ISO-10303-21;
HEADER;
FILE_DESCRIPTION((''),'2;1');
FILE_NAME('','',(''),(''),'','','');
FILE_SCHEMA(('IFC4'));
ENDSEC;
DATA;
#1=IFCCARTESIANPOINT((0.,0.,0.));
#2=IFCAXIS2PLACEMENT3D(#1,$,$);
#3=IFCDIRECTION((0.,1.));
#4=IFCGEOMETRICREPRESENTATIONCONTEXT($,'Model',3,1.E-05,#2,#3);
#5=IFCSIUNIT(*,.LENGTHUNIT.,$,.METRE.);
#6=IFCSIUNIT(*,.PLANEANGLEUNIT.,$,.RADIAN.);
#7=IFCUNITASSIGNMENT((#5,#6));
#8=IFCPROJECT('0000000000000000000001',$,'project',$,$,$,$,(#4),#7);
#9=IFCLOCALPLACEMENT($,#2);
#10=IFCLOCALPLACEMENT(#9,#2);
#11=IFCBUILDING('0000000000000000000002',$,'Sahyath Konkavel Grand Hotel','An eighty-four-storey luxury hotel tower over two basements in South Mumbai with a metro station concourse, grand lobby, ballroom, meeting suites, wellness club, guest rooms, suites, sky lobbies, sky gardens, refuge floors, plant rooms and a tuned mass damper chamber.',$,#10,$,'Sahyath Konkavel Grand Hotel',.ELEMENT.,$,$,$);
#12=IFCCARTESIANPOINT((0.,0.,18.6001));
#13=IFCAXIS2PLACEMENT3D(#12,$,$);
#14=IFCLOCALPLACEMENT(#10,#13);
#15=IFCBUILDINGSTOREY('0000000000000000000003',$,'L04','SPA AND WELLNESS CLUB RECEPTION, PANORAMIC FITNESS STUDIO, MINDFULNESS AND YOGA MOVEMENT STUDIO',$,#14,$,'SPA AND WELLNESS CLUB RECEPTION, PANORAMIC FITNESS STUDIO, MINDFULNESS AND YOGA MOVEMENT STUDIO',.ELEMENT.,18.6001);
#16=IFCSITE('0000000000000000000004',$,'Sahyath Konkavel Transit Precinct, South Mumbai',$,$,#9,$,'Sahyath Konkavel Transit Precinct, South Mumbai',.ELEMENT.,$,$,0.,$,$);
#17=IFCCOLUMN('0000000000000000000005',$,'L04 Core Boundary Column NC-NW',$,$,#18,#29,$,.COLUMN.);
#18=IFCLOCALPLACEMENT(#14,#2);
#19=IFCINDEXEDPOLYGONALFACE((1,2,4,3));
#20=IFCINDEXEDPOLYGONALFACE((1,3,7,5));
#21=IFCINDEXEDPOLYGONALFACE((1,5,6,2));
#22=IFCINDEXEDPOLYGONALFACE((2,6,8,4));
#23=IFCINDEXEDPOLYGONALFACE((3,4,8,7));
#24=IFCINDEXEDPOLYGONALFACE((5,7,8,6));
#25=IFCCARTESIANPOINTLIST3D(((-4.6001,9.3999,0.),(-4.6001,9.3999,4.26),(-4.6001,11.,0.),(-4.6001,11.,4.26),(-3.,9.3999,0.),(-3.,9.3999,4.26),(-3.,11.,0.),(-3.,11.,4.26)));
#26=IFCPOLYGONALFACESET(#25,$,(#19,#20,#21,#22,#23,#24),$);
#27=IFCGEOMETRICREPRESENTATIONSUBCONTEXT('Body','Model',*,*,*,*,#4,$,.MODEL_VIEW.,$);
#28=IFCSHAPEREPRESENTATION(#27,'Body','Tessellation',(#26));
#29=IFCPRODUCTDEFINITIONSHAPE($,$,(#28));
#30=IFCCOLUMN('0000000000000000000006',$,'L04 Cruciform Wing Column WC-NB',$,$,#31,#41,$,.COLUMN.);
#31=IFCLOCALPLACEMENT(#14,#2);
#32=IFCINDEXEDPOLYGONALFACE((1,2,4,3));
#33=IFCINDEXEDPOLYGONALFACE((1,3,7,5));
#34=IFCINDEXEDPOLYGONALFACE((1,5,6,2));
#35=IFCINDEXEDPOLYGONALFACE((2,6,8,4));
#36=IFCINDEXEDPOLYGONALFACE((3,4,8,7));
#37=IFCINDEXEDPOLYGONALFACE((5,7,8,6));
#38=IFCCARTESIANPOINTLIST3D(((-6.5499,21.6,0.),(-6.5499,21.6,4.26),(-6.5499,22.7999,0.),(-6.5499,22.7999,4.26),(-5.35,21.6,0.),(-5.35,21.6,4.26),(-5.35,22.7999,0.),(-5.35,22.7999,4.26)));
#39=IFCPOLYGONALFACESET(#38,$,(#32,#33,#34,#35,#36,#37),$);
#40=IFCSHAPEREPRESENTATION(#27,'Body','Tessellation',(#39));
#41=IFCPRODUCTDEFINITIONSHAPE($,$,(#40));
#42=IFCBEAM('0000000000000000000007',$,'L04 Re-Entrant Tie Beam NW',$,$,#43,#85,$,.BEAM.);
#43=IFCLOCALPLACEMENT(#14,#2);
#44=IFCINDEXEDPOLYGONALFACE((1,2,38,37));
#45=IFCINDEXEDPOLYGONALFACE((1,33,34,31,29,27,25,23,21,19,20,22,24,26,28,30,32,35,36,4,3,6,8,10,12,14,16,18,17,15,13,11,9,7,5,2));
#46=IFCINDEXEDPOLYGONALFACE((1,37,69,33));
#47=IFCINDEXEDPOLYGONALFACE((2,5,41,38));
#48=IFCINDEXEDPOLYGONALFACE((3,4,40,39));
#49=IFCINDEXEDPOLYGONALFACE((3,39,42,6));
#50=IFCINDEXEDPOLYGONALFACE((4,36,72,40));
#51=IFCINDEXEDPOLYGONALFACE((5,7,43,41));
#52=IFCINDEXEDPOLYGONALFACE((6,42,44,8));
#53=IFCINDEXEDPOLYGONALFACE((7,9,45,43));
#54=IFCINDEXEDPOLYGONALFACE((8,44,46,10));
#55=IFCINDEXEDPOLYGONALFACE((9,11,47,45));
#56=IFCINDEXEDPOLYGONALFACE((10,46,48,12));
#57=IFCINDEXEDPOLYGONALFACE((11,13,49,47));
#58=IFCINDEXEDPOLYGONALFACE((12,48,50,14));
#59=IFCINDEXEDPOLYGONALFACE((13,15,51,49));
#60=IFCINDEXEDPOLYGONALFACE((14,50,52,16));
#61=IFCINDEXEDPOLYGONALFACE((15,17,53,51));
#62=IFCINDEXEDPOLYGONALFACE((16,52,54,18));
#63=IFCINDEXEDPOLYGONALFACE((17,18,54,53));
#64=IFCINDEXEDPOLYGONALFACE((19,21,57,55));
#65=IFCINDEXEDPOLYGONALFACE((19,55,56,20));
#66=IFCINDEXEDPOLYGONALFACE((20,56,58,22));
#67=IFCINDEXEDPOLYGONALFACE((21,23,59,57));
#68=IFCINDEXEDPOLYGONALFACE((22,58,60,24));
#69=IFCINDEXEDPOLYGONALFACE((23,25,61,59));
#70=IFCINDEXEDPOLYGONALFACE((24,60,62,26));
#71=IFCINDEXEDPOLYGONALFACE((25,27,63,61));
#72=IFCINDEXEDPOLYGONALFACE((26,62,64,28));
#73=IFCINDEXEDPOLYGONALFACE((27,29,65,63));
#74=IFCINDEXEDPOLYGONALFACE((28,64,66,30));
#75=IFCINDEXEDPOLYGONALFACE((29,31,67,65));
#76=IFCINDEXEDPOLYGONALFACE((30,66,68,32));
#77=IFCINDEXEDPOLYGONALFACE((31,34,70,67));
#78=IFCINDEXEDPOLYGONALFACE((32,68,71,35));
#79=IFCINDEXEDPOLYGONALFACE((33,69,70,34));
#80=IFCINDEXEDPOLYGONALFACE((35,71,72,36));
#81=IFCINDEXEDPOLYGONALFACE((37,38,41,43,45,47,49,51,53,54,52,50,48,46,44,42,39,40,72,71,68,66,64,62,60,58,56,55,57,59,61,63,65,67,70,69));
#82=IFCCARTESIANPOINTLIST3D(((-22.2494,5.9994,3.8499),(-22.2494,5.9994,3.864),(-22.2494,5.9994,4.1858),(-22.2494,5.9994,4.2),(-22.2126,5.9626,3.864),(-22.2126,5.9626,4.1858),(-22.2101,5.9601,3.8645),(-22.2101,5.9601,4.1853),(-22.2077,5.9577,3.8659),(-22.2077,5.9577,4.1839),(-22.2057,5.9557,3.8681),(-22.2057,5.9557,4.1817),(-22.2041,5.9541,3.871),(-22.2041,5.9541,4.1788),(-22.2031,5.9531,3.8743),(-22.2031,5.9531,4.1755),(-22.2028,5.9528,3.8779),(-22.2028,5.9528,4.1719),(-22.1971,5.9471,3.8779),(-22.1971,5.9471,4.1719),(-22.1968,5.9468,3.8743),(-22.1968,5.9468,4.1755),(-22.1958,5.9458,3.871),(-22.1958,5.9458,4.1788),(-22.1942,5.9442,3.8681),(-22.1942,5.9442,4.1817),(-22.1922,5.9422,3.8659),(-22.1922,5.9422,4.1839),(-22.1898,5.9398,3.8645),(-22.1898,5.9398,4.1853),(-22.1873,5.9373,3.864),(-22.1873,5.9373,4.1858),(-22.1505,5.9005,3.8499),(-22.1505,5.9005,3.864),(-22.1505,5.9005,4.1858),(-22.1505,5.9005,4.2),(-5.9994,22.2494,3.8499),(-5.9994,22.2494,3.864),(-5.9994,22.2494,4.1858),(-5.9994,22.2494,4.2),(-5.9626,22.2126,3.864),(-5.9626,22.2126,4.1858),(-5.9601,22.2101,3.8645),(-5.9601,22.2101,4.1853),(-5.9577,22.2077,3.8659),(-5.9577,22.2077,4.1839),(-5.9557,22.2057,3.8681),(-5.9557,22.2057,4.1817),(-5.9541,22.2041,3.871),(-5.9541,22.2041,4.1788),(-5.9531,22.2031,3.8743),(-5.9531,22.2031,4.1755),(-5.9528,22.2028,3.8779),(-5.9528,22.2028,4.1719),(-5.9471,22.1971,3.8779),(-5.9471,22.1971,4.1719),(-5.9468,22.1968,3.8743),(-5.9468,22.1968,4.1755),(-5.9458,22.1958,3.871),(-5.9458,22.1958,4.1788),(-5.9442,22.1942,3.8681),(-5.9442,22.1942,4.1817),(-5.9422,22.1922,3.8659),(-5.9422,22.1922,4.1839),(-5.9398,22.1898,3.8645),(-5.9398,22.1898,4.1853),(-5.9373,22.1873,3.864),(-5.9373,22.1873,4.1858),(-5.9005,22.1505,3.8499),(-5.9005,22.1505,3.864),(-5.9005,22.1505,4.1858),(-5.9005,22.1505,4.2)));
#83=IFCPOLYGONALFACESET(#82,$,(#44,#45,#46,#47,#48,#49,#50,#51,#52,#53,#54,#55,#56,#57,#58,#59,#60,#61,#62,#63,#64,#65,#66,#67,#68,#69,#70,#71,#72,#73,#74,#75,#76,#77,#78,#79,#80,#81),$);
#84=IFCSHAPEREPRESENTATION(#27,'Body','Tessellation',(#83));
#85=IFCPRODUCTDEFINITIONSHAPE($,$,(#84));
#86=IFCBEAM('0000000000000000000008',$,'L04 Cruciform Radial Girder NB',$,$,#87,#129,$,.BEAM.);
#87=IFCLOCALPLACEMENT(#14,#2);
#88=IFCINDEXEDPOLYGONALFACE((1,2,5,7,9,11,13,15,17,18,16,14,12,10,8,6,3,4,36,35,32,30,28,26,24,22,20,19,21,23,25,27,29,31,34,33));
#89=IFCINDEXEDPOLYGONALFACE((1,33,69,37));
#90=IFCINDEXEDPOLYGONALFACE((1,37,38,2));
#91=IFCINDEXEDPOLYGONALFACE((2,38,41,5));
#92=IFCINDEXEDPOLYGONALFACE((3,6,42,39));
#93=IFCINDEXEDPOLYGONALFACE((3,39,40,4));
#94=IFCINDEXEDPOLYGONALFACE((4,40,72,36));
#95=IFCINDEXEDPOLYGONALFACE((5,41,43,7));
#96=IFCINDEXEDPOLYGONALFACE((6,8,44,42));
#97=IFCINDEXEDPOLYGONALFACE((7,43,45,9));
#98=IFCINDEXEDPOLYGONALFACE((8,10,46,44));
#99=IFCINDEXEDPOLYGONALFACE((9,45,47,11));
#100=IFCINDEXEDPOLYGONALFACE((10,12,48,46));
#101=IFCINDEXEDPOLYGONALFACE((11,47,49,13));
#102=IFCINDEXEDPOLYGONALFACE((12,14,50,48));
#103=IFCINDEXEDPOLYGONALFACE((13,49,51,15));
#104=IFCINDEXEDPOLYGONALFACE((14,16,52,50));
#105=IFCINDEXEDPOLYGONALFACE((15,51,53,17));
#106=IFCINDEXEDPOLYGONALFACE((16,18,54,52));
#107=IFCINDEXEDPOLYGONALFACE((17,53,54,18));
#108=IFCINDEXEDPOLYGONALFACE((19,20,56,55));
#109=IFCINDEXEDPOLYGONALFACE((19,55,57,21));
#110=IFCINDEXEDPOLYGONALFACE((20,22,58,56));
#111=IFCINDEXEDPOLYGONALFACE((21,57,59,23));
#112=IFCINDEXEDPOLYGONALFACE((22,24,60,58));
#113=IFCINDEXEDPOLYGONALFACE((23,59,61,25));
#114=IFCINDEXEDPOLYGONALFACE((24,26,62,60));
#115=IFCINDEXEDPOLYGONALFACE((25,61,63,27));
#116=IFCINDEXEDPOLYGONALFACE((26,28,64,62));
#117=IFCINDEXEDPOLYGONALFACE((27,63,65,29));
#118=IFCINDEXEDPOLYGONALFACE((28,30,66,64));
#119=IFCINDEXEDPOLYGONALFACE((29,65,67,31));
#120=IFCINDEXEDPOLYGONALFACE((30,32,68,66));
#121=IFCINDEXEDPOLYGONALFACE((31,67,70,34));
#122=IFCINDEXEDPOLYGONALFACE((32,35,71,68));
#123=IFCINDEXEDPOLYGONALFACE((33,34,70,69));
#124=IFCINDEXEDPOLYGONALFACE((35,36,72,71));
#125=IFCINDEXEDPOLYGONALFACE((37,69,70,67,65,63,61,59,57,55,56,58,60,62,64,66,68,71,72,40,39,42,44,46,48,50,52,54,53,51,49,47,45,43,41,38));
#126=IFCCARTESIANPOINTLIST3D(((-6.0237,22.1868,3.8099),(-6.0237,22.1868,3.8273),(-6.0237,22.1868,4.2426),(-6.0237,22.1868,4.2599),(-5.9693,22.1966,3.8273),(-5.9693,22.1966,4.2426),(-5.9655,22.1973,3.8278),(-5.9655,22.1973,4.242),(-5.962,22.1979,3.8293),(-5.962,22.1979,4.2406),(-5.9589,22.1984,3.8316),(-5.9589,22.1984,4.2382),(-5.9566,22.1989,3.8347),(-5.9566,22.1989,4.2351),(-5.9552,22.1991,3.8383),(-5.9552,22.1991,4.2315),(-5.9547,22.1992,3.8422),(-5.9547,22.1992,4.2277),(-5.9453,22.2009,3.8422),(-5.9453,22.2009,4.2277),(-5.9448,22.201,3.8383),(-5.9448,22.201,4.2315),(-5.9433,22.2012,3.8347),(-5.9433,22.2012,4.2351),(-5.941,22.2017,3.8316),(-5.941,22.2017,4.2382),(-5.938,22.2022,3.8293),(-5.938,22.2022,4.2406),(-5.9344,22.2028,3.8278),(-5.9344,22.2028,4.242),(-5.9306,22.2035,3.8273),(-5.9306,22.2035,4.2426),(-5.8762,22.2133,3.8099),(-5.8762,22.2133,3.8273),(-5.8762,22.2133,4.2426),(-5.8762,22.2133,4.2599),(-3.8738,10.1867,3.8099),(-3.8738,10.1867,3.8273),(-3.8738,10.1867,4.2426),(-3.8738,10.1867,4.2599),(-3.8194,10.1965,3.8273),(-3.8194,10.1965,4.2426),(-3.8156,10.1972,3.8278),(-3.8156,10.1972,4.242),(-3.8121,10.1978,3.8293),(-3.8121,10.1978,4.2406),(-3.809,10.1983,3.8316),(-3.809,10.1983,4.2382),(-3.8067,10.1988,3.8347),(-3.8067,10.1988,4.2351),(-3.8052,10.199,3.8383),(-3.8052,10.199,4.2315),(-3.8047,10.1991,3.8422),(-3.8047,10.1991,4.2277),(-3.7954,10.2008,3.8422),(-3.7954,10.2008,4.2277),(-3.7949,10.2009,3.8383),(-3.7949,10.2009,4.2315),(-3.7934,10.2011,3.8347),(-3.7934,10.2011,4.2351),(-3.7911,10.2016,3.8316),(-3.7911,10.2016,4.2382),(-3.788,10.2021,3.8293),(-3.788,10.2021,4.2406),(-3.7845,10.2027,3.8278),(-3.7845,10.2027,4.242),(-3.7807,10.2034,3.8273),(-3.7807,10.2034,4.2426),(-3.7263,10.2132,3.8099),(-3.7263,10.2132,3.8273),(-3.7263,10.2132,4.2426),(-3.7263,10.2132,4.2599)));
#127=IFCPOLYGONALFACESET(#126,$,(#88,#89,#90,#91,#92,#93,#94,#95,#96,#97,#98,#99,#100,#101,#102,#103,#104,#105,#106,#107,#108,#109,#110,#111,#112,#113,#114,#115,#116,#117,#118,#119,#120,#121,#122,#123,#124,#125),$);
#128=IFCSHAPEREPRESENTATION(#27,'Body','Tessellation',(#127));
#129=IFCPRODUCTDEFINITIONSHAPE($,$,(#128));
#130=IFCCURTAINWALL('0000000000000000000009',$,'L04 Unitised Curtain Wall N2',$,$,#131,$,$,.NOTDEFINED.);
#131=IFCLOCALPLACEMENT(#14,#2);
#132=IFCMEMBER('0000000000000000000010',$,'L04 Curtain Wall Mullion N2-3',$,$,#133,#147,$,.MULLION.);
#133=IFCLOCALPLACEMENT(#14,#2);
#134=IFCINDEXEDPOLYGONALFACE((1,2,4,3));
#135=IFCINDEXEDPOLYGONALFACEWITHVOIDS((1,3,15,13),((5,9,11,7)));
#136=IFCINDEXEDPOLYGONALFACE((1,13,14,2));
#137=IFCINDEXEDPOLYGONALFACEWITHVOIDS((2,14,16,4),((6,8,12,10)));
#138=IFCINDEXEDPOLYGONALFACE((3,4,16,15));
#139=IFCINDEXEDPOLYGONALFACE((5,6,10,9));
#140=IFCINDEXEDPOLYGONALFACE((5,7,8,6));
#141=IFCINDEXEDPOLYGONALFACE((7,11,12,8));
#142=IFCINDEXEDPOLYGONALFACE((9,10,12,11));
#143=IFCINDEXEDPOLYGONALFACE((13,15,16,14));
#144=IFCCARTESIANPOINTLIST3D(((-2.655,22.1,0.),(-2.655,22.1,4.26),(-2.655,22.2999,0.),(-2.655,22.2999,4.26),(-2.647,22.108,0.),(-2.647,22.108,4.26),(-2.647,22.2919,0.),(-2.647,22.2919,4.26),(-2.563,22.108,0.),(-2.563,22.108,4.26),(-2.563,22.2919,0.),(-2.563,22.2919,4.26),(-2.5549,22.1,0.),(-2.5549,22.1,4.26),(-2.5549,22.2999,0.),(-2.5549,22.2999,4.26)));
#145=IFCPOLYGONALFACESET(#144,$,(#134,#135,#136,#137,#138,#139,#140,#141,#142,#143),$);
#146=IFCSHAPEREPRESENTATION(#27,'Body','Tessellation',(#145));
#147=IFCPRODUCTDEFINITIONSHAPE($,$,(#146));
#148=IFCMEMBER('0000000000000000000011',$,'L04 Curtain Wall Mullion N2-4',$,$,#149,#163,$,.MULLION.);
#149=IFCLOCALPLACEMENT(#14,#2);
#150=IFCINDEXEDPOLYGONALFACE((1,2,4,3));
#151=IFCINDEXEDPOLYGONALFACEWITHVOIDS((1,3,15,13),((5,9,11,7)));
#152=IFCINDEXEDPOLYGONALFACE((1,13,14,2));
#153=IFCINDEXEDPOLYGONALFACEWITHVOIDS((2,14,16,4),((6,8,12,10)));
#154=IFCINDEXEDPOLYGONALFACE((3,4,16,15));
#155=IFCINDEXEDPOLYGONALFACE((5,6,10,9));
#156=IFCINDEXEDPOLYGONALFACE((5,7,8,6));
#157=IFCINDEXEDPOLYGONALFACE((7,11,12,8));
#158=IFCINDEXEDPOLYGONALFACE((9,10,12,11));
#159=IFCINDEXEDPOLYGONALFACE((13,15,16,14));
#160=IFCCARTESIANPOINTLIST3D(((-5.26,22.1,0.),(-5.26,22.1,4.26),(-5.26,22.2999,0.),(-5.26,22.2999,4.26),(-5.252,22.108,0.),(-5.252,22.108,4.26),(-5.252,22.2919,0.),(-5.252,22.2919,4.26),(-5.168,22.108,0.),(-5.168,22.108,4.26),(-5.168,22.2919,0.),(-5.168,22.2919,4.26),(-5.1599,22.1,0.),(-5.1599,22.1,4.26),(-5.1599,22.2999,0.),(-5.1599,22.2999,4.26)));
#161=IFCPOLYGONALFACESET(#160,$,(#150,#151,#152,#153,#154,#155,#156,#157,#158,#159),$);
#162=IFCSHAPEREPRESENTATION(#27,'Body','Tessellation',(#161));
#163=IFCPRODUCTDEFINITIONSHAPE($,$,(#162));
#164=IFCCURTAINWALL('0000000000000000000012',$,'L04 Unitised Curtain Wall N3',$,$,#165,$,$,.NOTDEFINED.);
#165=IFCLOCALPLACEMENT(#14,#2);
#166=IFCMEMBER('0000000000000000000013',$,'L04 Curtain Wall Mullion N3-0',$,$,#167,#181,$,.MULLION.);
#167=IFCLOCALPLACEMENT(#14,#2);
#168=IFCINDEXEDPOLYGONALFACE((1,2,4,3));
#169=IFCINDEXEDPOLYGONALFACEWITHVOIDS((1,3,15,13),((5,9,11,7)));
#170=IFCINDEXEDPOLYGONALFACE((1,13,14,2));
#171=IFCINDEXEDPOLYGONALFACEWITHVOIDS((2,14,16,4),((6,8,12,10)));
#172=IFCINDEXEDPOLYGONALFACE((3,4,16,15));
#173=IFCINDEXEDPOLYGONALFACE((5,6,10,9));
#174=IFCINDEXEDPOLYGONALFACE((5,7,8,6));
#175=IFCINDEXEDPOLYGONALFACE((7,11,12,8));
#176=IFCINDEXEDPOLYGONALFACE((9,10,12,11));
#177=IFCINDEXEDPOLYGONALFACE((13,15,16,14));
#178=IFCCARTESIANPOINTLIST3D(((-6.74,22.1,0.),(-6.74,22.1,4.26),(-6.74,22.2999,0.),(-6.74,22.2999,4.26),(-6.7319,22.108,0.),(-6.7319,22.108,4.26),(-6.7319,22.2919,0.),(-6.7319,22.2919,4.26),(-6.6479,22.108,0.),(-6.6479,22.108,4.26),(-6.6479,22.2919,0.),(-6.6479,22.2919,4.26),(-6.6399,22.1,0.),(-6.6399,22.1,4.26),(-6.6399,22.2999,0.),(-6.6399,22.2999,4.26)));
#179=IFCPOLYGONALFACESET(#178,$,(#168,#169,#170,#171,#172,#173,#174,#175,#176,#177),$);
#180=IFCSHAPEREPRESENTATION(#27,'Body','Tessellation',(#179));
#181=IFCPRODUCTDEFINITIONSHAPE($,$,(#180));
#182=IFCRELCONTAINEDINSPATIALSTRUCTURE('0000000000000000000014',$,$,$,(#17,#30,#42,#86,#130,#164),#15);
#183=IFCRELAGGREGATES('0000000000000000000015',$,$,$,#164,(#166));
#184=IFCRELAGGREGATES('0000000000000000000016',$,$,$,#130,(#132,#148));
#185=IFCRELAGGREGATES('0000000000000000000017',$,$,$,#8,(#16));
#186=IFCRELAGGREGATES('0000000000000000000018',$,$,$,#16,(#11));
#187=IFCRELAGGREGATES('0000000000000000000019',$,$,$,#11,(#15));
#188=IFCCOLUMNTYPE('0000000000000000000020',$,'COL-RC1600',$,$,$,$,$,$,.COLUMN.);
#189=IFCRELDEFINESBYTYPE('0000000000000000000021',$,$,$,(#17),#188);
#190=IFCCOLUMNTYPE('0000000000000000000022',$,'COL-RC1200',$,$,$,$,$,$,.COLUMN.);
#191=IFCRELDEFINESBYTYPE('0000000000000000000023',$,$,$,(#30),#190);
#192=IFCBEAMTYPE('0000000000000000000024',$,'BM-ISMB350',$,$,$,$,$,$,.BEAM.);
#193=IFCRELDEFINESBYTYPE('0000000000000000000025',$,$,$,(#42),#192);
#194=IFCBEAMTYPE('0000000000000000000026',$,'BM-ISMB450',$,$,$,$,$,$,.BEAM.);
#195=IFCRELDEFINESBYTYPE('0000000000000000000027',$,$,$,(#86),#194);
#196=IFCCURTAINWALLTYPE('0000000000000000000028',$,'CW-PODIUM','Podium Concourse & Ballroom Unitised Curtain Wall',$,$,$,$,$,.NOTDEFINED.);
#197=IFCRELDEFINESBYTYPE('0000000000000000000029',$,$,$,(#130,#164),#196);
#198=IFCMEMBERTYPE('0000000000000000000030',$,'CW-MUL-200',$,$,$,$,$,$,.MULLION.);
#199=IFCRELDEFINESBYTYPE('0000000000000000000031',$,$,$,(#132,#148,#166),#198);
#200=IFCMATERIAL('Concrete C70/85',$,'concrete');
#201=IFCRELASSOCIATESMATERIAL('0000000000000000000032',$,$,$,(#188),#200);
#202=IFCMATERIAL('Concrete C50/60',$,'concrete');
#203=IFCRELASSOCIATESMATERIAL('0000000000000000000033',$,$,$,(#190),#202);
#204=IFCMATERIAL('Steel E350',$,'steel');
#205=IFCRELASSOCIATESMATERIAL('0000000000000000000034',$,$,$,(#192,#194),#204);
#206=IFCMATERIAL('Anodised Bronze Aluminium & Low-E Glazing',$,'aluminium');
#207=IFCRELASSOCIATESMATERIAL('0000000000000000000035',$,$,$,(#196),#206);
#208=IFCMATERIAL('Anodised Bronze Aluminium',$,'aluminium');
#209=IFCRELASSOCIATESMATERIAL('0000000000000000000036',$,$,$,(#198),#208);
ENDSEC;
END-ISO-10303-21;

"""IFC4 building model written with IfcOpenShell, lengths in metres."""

from ifc_helpers import new_model, si_unit, direction, frame, origin, origin_2d, place, context, subcontext, project, spatial, rectangle, hollow_rectangle, i_section, extrude, source, transform, mapped, material, material_profile, profile_set, type_object, element, aggregate, save


model = new_model("IFC4")

# Units and contexts
model_context = context("Model", 3, precision=1e-05, world=origin(), true_north=direction((0.0, 1.0)))
body_context = subcontext(model_context, "Body", "Model", "MODEL_VIEW")
ifc_project = project(units=[si_unit("LENGTHUNIT", "METRE"), si_unit("PLANEANGLEUNIT", "RADIAN")], contexts=[model_context])

# Site, building, storey
site_placement = place(None, origin())
site = spatial("IfcSite", under=ifc_project, at=site_placement, Name="Sahyath Konkavel Transit Precinct, South Mumbai", LongName="Sahyath Konkavel Transit Precinct, South Mumbai", CompositionType="ELEMENT", RefElevation=0.0)
building_placement = place(site_placement, origin())
building = spatial("IfcBuilding", under=site, at=building_placement, Name="Sahyath Konkavel Grand Hotel", Description="An eighty-four-storey luxury hotel tower over two basements in South Mumbai with a metro station concourse, grand lobby, ballroom, meeting suites, wellness club, guest rooms, suites, sky lobbies, sky gardens, refuge floors, plant rooms and a tuned mass damper chamber.", LongName="Sahyath Konkavel Grand Hotel", CompositionType="ELEMENT")
storey_placement = place(building_placement, frame((0.0, 0.0, 18.6001)))
storey = spatial("IfcBuildingStorey", under=building, at=storey_placement, Name="L04", Description="SPA AND WELLNESS CLUB RECEPTION, PANORAMIC FITNESS STUDIO, MINDFULNESS AND YOGA MOVEMENT STUDIO", LongName="SPA AND WELLNESS CLUB RECEPTION, PANORAMIC FITNESS STUDIO, MINDFULNESS AND YOGA MOVEMENT STUDIO", CompositionType="ELEMENT", Elevation=18.6001)

# Columns
ifc_material_1 = material(Name="Concrete C70/85", Category="concrete")
ifc_material_profile_1 = material_profile(ifc_material_1, rectangle(XDim=1.6001, YDim=1.6001, at=origin_2d()), Name="RC 1600x1600")
ifc_profile_set_1 = profile_set([ifc_material_profile_1], Name="Concrete C70/85")
column_type_1 = type_object("IfcColumnType", Name="COL-RC1600", PredefinedType="COLUMN", material=ifc_profile_set_1)
shared_shape_1 = source(origin(), body_context, "Body", "SweptSolid", [
    extrude(rectangle(XDim=1.6001, YDim=1.6001, at=origin_2d()), origin(), (0.0, 0.0, 1.0), 4.26),
])
column_1_placement = place(storey_placement, frame((-3.8, 10.2, 0.0), z_axis=(0.0, 0.0, 1.0), x_axis=(1.0, 0.0, 0.0)))
element("IfcColumn", 1, at=column_1_placement, inside=storey, type_object=column_type_1, Name="L04 Core Boundary Column NC-NW", PredefinedType="COLUMN", context=body_context, shape_type="MappedRepresentation", body=[
    mapped(shared_shape_1, transform((0.0, 0.0, 0.0), scale=1.0)),
])
ifc_material_2 = material(Name="Concrete C50/60", Category="concrete")
ifc_material_profile_2 = material_profile(ifc_material_2, rectangle(XDim=1.2, YDim=1.2, at=origin_2d()), Name="RC 1200x1200")
ifc_profile_set_2 = profile_set([ifc_material_profile_2], Name="Concrete C50/60")
column_type_2 = type_object("IfcColumnType", Name="COL-RC1200", PredefinedType="COLUMN", material=ifc_profile_set_2)
shared_shape_2 = source(origin(), body_context, "Body", "SweptSolid", [
    extrude(rectangle(XDim=1.2, YDim=1.2, at=origin_2d()), origin(), (0.0, 0.0, 1.0), 4.26),
])
column_2_placement = place(storey_placement, frame((-5.95, 22.2, 0.0), z_axis=(0.0, 0.0, 1.0), x_axis=(1.0, 0.0, 0.0)))
element("IfcColumn", 2, at=column_2_placement, inside=storey, type_object=column_type_2, Name="L04 Cruciform Wing Column WC-NB", PredefinedType="COLUMN", context=body_context, shape_type="MappedRepresentation", body=[
    mapped(shared_shape_2, transform((0.0, 0.0, 0.0), scale=1.0)),
])

# Beams
ifc_material_3 = material(Name="Steel E350", Category="steel")
ifc_material_profile_3 = material_profile(ifc_material_3, i_section(OverallWidth=0.1399, OverallDepth=0.3501, WebThickness=0.0081, FlangeThickness=0.0142, FilletRadius=0.0139, at=origin_2d()), Name="ISMB 350")
ifc_profile_set_3 = profile_set([ifc_material_profile_3], Name="Steel E350")
beam_type_1 = type_object("IfcBeamType", Name="BM-ISMB350", PredefinedType="BEAM", material=ifc_profile_set_3)
shared_shape_3 = source(origin(), body_context, "Body", "SweptSolid", [
    extrude(i_section(OverallWidth=0.1399, OverallDepth=0.3501, WebThickness=0.0081, FlangeThickness=0.0142, FilletRadius=0.0139, at=origin_2d()), origin(), (0.0, 0.0, 1.0), 22.981),
])
beam_1_placement = place(storey_placement, frame((-5.95, 22.2, 4.0249), z_axis=(-0.707107, -0.707107, 0.0), x_axis=(0.707107, -0.707107, 0.0)))
element("IfcBeam", 3, at=beam_1_placement, inside=storey, type_object=beam_type_1, Name="L04 Re-Entrant Tie Beam NW", PredefinedType="BEAM", context=body_context, shape_type="MappedRepresentation", body=[
    mapped(shared_shape_3, transform((0.0, 0.0, 0.0), scale=1.0)),
])
ifc_material_profile_4 = material_profile(ifc_material_3, i_section(OverallWidth=0.1499, OverallDepth=0.45, WebThickness=0.0095, FlangeThickness=0.0173, FilletRadius=0.0149, at=origin_2d()), Name="ISMB 450")
ifc_profile_set_4 = profile_set([ifc_material_profile_4], Name="Steel E350")
beam_type_2 = type_object("IfcBeamType", Name="BM-ISMB450", PredefinedType="BEAM", material=ifc_profile_set_4)
shared_shape_4 = source(origin(), body_context, "Body", "SweptSolid", [
    extrude(i_section(OverallWidth=0.1499, OverallDepth=0.45, WebThickness=0.0095, FlangeThickness=0.0173, FilletRadius=0.0149, at=origin_2d()), origin(), (0.0, 0.0, 1.0), 12.1912),
])
beam_2_placement = place(storey_placement, frame((-3.8, 10.2, 4.0349), z_axis=(-0.176351, 0.984327, 0.0), x_axis=(-0.984327, -0.176351, 0.0)))
element("IfcBeam", 4, at=beam_2_placement, inside=storey, type_object=beam_type_2, Name="L04 Cruciform Radial Girder NB", PredefinedType="BEAM", context=body_context, shape_type="MappedRepresentation", body=[
    mapped(shared_shape_4, transform((0.0, 0.0, 0.0), scale=1.0)),
])

# Curtain walls, members
ifc_material_4 = material(Name="Anodised Bronze Aluminium & Low-E Glazing", Category="aluminium")
curtain_wall_type = type_object("IfcCurtainWallType", Name="CW-PODIUM", Description="Podium Concourse & Ballroom Unitised Curtain Wall", PredefinedType="NOTDEFINED", material=ifc_material_4)
curtain_wall_1_placement = place(storey_placement, origin())
curtain_wall_1 = element("IfcCurtainWall", 5, at=curtain_wall_1_placement, inside=storey, type_object=curtain_wall_type, Name="L04 Unitised Curtain Wall N2", PredefinedType="NOTDEFINED")
ifc_material_5 = material(Name="Anodised Bronze Aluminium", Category="aluminium")
ifc_material_profile_5 = material_profile(ifc_material_5, hollow_rectangle(XDim=0.1001, YDim=0.2, WallThickness=0.0081, at=origin_2d()), Name="RHS 200x100x8")
ifc_profile_set_5 = profile_set([ifc_material_profile_5], Name="Anodised Bronze Aluminium")
member_type_1 = type_object("IfcMemberType", Name="CW-MUL-200", PredefinedType="MULLION", material=ifc_profile_set_5)
shared_shape_5 = source(origin(), body_context, "Body", "SweptSolid", [
    extrude(hollow_rectangle(XDim=0.1001, YDim=0.2, WallThickness=0.0081, at=origin_2d()), origin(), (0.0, 0.0, 1.0), 4.26),
])
member_1_placement = place(storey_placement, frame((-2.605, 22.2, 0.0), z_axis=(0.0, 0.0, 1.0), x_axis=(1.0, 0.0, 0.0)))
member_1 = element("IfcMember", 6, at=member_1_placement, type_object=member_type_1, Name="L04 Curtain Wall Mullion N2-3", PredefinedType="MULLION", context=body_context, shape_type="MappedRepresentation", body=[
    mapped(shared_shape_5, transform((0.0, 0.0, 0.0), scale=1.0)),
])
member_2_placement = place(storey_placement, frame((-5.21, 22.2, 0.0), z_axis=(0.0, 0.0, 1.0), x_axis=(1.0, 0.0, 0.0)))
member_2 = element("IfcMember", 7, at=member_2_placement, type_object=member_type_1, Name="L04 Curtain Wall Mullion N2-4", PredefinedType="MULLION", context=body_context, shape_type="MappedRepresentation", body=[
    mapped(shared_shape_5, transform((0.0, 0.0, 0.0), scale=1.0)),
])
curtain_wall_2_placement = place(storey_placement, origin())
curtain_wall_2 = element("IfcCurtainWall", 8, at=curtain_wall_2_placement, inside=storey, type_object=curtain_wall_type, Name="L04 Unitised Curtain Wall N3", PredefinedType="NOTDEFINED")
member_3_placement = place(storey_placement, frame((-6.6899, 22.2, 0.0), z_axis=(0.0, 0.0, 1.0), x_axis=(1.0, 0.0, 0.0)))
member_3 = element("IfcMember", 9, at=member_3_placement, type_object=member_type_1, Name="L04 Curtain Wall Mullion N3-0", PredefinedType="MULLION", context=body_context, shape_type="MappedRepresentation", body=[
    mapped(shared_shape_5, transform((0.0, 0.0, 0.0), scale=1.0)),
])
aggregate(curtain_wall_2, [member_3])

aggregate(curtain_wall_1, [member_1, member_2])

save(model, "model.ifc")
